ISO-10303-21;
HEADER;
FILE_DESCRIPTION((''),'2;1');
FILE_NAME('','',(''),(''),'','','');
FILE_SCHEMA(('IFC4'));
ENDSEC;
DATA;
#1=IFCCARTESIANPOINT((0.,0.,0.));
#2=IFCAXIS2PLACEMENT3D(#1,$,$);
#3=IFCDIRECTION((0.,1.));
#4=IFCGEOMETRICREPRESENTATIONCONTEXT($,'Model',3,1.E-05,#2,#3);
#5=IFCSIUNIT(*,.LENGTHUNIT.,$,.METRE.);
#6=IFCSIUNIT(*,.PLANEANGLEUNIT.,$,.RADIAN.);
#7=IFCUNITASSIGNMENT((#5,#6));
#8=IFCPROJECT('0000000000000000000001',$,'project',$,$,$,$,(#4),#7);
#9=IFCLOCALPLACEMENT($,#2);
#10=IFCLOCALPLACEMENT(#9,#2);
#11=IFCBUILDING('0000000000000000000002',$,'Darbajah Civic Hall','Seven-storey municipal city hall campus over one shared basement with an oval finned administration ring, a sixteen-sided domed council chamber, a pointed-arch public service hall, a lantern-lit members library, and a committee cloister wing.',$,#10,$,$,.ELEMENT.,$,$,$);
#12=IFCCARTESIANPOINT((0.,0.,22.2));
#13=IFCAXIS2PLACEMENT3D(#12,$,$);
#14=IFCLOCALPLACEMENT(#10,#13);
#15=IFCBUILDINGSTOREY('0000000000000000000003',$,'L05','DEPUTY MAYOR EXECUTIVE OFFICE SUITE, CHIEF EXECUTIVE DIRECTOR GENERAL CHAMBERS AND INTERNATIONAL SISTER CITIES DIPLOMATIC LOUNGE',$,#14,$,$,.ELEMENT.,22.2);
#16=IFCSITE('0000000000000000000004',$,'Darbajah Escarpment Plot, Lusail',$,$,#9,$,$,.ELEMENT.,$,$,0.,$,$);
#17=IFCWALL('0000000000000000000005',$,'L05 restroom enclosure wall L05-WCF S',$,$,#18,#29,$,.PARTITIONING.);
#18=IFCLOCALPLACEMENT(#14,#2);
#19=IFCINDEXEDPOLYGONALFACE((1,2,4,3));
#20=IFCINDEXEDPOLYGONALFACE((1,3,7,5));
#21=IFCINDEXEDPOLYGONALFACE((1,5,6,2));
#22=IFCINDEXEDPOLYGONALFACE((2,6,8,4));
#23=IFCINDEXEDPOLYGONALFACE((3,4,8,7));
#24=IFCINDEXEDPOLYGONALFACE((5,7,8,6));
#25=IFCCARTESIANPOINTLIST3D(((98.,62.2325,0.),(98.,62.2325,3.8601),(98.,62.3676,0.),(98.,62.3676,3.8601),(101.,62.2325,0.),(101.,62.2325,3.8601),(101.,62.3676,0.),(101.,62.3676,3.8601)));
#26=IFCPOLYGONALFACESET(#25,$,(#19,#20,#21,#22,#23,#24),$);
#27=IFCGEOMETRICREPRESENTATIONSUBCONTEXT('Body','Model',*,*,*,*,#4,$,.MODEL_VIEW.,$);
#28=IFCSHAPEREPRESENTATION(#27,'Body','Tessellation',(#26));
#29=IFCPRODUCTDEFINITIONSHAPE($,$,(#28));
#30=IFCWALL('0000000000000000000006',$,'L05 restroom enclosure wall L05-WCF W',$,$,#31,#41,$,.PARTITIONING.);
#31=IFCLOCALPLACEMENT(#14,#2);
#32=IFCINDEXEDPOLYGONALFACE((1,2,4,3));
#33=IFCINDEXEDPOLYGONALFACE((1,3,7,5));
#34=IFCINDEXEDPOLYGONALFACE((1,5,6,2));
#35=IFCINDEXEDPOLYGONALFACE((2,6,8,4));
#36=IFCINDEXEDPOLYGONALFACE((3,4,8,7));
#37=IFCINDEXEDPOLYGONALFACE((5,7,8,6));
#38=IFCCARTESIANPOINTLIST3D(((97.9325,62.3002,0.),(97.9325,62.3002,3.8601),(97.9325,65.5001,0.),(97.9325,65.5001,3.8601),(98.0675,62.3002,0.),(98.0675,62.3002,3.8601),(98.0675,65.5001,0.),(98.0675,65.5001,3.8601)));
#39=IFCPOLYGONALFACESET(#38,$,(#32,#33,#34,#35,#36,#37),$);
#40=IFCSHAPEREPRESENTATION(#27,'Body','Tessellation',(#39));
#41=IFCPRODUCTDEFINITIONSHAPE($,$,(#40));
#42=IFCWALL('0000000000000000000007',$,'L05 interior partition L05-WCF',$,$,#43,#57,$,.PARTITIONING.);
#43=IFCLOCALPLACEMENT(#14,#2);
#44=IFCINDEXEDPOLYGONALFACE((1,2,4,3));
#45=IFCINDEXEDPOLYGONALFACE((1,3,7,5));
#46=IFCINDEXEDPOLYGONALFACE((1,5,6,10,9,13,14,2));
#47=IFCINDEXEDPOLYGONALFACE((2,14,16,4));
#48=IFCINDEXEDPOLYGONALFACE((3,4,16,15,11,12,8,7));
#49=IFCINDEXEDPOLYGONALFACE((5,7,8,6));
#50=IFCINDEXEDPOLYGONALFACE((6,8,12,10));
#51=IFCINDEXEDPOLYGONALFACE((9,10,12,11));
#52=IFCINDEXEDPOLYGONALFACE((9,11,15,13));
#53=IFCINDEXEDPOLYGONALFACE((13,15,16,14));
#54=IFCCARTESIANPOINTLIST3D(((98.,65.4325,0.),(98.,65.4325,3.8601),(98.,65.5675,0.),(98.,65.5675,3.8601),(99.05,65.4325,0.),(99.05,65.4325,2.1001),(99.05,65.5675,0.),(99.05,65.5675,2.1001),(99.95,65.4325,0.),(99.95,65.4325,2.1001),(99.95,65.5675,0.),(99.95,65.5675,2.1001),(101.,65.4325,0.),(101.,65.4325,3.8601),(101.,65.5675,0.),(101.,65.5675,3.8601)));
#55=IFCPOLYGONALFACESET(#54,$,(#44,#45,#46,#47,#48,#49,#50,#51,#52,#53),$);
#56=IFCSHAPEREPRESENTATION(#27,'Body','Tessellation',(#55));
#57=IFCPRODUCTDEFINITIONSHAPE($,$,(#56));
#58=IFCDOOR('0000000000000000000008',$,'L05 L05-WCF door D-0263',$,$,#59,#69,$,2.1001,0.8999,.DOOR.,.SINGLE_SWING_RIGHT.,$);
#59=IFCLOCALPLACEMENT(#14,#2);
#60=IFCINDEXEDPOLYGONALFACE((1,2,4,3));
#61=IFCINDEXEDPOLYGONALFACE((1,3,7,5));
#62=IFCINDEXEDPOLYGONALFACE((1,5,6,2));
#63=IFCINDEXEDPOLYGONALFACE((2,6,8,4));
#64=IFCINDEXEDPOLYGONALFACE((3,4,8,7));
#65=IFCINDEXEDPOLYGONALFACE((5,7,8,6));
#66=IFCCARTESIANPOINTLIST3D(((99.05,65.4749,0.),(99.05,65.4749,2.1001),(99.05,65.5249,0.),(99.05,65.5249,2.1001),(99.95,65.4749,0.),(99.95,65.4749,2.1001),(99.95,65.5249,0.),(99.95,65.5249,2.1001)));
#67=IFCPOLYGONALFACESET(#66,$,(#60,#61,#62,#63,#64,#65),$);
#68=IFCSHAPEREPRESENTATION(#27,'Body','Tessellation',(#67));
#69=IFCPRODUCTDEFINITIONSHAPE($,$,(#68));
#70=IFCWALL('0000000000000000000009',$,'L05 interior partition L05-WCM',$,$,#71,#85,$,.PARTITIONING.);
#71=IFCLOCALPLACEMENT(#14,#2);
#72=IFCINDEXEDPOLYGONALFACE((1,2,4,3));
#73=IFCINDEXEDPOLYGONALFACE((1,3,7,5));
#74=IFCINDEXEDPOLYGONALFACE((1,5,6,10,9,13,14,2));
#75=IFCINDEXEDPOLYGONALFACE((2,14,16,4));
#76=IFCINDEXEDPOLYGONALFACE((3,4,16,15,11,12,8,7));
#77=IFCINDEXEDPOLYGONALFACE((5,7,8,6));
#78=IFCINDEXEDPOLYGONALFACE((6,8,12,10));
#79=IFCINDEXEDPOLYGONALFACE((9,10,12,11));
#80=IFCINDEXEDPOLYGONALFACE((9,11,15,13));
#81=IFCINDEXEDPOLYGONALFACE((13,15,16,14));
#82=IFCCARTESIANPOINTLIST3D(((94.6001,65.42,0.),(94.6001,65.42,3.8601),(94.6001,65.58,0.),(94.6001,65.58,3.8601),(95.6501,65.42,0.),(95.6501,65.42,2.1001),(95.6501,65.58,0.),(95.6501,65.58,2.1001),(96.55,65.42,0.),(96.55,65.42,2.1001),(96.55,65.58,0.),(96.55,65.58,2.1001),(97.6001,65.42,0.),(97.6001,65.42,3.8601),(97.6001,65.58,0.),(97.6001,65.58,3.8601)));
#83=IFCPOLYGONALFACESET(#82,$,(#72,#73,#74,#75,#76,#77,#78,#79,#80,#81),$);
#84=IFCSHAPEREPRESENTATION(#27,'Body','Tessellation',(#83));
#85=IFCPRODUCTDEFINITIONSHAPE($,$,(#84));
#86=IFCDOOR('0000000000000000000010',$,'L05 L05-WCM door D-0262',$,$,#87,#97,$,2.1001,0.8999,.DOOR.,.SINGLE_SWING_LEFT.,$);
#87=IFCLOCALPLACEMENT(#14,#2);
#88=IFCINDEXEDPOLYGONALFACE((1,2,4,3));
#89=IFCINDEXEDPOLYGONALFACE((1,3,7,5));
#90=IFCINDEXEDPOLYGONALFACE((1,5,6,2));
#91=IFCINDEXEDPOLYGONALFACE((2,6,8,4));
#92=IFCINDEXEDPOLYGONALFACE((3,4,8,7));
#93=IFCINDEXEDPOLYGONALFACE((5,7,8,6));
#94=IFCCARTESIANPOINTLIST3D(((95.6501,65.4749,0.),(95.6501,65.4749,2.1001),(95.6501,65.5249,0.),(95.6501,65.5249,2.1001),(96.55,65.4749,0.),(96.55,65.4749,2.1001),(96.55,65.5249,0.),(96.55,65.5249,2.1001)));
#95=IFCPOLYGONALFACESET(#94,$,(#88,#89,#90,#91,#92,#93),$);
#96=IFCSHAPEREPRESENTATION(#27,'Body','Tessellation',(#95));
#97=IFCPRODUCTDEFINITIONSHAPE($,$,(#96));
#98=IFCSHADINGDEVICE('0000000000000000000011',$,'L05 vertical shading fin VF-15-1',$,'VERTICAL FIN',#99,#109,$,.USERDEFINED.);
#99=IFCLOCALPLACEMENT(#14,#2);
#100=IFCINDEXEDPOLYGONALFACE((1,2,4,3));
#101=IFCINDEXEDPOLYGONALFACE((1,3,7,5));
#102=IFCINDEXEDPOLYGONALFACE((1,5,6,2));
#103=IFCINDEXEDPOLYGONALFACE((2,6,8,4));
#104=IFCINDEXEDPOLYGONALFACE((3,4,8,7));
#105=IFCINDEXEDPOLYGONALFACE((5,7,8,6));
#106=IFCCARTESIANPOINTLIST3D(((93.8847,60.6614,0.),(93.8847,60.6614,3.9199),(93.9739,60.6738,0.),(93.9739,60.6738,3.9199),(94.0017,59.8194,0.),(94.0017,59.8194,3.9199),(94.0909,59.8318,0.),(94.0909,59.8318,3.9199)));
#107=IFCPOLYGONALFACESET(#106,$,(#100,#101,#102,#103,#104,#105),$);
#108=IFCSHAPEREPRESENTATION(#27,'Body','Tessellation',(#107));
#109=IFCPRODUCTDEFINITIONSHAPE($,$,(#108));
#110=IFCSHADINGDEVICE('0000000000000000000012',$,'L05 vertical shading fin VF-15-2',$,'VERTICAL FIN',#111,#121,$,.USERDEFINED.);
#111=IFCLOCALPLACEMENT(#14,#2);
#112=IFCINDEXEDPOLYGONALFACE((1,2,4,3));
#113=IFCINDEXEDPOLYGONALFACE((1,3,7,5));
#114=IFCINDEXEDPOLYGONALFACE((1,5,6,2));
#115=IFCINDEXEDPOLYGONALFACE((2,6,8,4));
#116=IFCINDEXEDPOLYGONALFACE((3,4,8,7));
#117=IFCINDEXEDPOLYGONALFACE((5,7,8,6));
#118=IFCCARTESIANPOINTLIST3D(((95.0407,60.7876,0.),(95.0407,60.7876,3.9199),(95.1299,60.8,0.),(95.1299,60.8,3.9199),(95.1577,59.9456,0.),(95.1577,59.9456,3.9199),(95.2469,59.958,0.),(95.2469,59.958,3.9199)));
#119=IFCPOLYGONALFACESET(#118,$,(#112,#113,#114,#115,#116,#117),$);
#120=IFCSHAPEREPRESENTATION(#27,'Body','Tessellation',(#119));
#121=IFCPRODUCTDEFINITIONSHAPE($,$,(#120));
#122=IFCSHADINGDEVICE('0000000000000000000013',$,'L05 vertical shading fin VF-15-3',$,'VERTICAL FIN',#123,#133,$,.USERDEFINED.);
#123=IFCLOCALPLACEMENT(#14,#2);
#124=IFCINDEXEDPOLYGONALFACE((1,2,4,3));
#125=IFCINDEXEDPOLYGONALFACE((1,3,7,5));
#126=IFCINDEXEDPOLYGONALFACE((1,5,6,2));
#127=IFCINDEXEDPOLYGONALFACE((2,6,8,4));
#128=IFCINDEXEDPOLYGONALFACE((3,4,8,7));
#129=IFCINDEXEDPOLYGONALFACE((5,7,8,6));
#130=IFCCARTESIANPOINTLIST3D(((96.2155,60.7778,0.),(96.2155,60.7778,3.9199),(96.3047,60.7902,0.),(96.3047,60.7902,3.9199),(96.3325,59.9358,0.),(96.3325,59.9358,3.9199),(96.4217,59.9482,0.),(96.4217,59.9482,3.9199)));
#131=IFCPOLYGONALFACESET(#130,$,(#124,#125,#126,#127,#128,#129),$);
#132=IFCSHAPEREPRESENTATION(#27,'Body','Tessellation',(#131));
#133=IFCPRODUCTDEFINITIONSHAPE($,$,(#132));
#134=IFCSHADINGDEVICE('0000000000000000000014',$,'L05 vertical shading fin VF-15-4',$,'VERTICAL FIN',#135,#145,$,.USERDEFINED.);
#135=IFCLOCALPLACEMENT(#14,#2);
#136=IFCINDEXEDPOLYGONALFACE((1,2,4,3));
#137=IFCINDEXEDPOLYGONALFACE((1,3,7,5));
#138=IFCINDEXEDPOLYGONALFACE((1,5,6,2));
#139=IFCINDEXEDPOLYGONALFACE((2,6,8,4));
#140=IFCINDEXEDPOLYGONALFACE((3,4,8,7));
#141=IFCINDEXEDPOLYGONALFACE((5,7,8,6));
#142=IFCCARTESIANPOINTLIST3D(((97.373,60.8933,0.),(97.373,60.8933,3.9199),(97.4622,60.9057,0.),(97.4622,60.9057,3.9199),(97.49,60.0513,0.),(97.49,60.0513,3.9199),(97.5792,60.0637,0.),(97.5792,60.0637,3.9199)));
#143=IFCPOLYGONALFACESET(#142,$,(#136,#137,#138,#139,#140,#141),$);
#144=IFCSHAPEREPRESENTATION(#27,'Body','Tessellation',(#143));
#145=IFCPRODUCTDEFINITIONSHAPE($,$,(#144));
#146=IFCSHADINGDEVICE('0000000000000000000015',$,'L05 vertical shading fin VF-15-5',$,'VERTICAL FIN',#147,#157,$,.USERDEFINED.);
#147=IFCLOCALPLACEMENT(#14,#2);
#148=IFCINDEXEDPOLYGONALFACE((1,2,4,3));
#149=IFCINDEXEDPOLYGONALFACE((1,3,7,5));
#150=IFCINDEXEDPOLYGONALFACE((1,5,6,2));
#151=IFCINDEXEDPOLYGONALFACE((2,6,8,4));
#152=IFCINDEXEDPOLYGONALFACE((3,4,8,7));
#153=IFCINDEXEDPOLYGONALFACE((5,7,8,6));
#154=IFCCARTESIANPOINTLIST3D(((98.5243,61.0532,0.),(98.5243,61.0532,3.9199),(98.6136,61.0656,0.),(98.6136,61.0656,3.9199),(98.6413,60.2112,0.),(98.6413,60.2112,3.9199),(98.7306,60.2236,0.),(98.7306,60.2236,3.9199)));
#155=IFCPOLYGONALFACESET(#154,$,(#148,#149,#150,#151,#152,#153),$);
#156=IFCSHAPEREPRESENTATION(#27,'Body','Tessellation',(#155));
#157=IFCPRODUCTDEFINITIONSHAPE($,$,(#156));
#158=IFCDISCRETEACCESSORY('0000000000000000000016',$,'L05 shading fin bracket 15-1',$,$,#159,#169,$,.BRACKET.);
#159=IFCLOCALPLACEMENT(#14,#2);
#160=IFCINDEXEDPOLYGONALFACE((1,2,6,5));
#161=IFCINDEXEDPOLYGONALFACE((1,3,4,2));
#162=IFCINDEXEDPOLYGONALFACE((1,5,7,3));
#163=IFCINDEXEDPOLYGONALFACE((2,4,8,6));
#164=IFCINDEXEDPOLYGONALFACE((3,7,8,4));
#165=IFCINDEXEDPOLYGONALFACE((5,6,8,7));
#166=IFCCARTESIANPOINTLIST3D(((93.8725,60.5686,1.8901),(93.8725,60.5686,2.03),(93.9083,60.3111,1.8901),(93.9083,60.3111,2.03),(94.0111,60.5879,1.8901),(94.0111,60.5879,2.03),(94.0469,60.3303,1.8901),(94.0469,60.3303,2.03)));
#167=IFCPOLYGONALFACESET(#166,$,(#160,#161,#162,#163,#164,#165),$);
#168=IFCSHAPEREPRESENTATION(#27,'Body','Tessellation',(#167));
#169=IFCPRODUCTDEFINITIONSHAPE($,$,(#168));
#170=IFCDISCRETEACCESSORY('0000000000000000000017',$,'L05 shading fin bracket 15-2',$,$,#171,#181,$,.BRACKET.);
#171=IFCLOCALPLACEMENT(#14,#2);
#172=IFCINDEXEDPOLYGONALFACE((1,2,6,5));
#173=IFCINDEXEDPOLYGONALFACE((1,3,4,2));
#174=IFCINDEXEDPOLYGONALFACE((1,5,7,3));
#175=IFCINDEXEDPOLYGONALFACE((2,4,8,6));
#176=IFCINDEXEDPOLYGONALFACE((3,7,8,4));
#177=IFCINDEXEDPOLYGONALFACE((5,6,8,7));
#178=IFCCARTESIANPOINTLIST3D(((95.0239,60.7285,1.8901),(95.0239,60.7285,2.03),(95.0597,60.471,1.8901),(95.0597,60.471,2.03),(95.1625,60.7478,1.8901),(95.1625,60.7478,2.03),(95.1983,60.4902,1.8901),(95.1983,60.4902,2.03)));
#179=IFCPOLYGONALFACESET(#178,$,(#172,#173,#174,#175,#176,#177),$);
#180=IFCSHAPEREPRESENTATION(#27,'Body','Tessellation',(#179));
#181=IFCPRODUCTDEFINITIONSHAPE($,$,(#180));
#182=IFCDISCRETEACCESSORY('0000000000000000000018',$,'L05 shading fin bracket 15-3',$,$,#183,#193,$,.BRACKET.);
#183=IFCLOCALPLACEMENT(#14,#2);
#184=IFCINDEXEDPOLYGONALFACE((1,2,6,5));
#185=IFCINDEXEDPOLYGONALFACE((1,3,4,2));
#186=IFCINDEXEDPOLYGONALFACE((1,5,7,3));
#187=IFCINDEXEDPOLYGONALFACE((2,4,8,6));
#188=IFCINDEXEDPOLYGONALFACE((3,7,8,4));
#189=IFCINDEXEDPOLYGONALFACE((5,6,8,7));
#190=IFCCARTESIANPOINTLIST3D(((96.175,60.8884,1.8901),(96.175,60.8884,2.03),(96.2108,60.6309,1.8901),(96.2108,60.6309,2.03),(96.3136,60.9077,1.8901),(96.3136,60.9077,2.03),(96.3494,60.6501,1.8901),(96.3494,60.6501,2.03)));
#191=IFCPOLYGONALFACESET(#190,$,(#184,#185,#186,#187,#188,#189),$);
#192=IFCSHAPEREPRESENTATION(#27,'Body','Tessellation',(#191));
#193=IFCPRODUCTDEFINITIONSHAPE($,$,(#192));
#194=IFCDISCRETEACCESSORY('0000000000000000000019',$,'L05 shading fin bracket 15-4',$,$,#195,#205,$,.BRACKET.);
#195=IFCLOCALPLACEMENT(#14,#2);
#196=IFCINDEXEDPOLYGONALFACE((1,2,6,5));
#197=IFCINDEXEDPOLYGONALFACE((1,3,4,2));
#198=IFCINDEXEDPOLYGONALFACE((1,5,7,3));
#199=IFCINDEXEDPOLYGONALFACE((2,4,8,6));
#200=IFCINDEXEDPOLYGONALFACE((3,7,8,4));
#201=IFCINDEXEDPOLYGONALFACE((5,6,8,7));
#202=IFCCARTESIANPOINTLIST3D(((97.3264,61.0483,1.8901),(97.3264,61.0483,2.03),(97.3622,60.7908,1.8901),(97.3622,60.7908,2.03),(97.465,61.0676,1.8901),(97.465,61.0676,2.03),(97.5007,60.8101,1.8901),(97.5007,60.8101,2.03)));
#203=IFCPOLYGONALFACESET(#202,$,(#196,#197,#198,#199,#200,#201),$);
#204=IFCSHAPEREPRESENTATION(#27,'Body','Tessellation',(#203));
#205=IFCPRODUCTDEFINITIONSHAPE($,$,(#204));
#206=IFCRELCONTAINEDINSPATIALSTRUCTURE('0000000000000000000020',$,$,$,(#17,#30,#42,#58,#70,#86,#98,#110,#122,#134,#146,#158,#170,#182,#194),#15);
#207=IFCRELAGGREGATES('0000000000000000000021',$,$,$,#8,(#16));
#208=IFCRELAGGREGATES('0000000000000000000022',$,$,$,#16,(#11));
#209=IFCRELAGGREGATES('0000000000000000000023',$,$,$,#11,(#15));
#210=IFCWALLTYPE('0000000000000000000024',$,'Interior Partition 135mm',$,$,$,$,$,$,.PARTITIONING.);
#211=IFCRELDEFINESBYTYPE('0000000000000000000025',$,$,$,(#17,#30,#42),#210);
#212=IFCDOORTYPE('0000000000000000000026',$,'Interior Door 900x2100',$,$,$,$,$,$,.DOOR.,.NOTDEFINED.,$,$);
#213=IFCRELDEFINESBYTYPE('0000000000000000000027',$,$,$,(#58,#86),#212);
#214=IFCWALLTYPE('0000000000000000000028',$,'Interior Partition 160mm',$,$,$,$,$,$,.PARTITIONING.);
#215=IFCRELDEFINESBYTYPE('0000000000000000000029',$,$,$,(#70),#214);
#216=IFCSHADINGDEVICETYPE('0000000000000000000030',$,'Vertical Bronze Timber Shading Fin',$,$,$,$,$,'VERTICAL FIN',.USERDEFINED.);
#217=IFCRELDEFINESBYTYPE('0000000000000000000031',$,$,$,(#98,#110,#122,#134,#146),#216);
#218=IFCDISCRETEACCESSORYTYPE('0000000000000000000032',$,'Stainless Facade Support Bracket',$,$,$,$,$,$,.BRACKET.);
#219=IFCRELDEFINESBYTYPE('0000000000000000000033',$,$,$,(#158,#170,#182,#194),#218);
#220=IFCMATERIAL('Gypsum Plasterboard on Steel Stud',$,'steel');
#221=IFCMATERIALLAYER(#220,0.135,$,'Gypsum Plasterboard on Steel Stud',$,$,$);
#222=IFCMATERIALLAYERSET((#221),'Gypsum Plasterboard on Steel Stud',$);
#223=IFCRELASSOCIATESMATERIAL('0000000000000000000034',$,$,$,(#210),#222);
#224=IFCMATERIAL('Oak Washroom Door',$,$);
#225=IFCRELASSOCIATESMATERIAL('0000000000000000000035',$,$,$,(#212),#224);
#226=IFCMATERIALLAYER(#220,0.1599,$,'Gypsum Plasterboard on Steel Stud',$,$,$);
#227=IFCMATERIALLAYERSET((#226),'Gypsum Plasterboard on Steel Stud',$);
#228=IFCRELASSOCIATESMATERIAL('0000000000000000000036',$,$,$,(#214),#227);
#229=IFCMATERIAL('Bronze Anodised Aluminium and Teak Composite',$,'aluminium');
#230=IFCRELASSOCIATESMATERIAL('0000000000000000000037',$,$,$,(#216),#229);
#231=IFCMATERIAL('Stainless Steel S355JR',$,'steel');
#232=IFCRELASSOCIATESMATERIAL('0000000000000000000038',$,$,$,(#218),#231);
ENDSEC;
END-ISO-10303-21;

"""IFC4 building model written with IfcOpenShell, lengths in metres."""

from ifc_helpers import new_model, si_unit, direction, frame, frame_2d, origin, origin_2d, place, context, subcontext, project, spatial, rectangle, extrude, material, layer, layer_set, type_object, element, fill, save


model = new_model("IFC4")

# Units and contexts
model_context = context("Model", 3, precision=1e-05, world=origin(), true_north=direction((0.0, 1.0)))
body_context = subcontext(model_context, "Body", "Model", "MODEL_VIEW")
ifc_project = project(units=[si_unit("LENGTHUNIT", "METRE"), si_unit("PLANEANGLEUNIT", "RADIAN")], contexts=[model_context])

# Site, building, storey
site_placement = place(None, origin())
site = spatial("IfcSite", under=ifc_project, at=site_placement, Name="Darbajah Escarpment Plot, Lusail", CompositionType="ELEMENT", RefElevation=0.0)
building_placement = place(site_placement, origin())
building = spatial("IfcBuilding", under=site, at=building_placement, Name="Darbajah Civic Hall", Description="Seven-storey municipal city hall campus over one shared basement with an oval finned administration ring, a sixteen-sided domed council chamber, a pointed-arch public service hall, a lantern-lit members library, and a committee cloister wing.", CompositionType="ELEMENT")
storey_placement = place(building_placement, frame((0.0, 0.0, 22.2)))
storey = spatial("IfcBuildingStorey", under=building, at=storey_placement, Name="L05", Description="DEPUTY MAYOR EXECUTIVE OFFICE SUITE, CHIEF EXECUTIVE DIRECTOR GENERAL CHAMBERS AND INTERNATIONAL SISTER CITIES DIPLOMATIC LOUNGE", CompositionType="ELEMENT", Elevation=22.2)

# Walls
ifc_material_1 = material(Name="Gypsum Plasterboard on Steel Stud", Category="steel")
ifc_layer_1 = layer(ifc_material_1, 0.135, Name="Gypsum Plasterboard on Steel Stud")
ifc_layer_set_1 = layer_set([ifc_layer_1], Name="Gypsum Plasterboard on Steel Stud")
wall_type_1 = type_object("IfcWallType", Name="Interior Partition 135mm", PredefinedType="PARTITIONING", material=ifc_layer_set_1)
wall_1_placement = place(storey_placement, frame((98.0, 62.3, 0.0), z_axis=(0.0, 0.0, 1.0), x_axis=(1.0, 0.0, 0.0)))
element("IfcWall", 1, at=wall_1_placement, inside=storey, type_object=wall_type_1, Name="L05 restroom enclosure wall L05-WCF S", PredefinedType="PARTITIONING", context=body_context, shape_type="SweptSolid", body=[
    extrude(rectangle(XDim=3.0, YDim=0.135, at=frame_2d((1.5, 0.0))), origin(), (0.0, 0.0, 1.0), 3.8601),
])
wall_2_placement = place(storey_placement, frame((98.0, 62.3, 0.0), z_axis=(0.0, 0.0, 1.0), x_axis=(0.0, 1.0, 0.0)))
element("IfcWall", 2, at=wall_2_placement, inside=storey, type_object=wall_type_1, Name="L05 restroom enclosure wall L05-WCF W", PredefinedType="PARTITIONING", context=body_context, shape_type="SweptSolid", body=[
    extrude(rectangle(XDim=3.2, YDim=0.135, at=frame_2d((1.6001, 0.0))), origin(), (0.0, 0.0, 1.0), 3.8601),
])

# Walls, openings, doors
wall_3_placement = place(storey_placement, frame((98.0, 65.5, 0.0), z_axis=(0.0, 0.0, 1.0), x_axis=(1.0, 0.0, 0.0)))
wall_3 = element("IfcWall", 3, at=wall_3_placement, inside=storey, type_object=wall_type_1, Name="L05 interior partition L05-WCF", PredefinedType="PARTITIONING", context=body_context, shape_type="SweptSolid", body=[
    extrude(rectangle(XDim=3.0, YDim=0.135, at=frame_2d((1.5, 0.0))), origin(), (0.0, 0.0, 1.0), 3.8601),
])
opening_1_placement = place(wall_3_placement, frame((1.05, 0.0, 0.0)))
opening_1 = element("IfcOpeningElement", 4, at=opening_1_placement, cuts=wall_3, PredefinedType="OPENING", context=body_context, shape_type="SweptSolid", body=[
    extrude(rectangle(XDim=0.8999, YDim=2.1001, at=frame_2d((0.45, 1.05))), frame((0.0, 0.0774, 0.0), z_axis=(0.0, -1.0, 0.0), x_axis=(1.0, 0.0, 0.0)), (0.0, 0.0, 1.0), 0.155),
])
ifc_material_2 = material(Name="Oak Washroom Door")
door_type = type_object("IfcDoorType", Name="Interior Door 900x2100", OperationType="NOTDEFINED", PredefinedType="DOOR", material=ifc_material_2)
door_1_placement = place(opening_1_placement, origin())
door_1 = element("IfcDoor", 5, at=door_1_placement, inside=storey, type_object=door_type, Name="L05 L05-WCF door D-0263", OperationType="SINGLE_SWING_RIGHT", OverallHeight=2.1001, OverallWidth=0.8999, PredefinedType="DOOR", context=body_context, shape_type="SweptSolid", body=[
    extrude(rectangle(XDim=0.8999, YDim=2.1001, at=frame_2d((0.45, 1.05))), frame((0.0, 0.0249, 0.0), z_axis=(0.0, -1.0, 0.0), x_axis=(1.0, 0.0, 0.0)), (0.0, 0.0, 1.0), 0.05),
])
fill(opening_1, door_1)
ifc_layer_2 = layer(ifc_material_1, 0.1599, Name="Gypsum Plasterboard on Steel Stud")
ifc_layer_set_2 = layer_set([ifc_layer_2], Name="Gypsum Plasterboard on Steel Stud")
wall_type_2 = type_object("IfcWallType", Name="Interior Partition 160mm", PredefinedType="PARTITIONING", material=ifc_layer_set_2)
wall_4_placement = place(storey_placement, frame((94.6001, 65.5, 0.0), z_axis=(0.0, 0.0, 1.0), x_axis=(1.0, 0.0, 0.0)))
wall_4 = element("IfcWall", 6, at=wall_4_placement, inside=storey, type_object=wall_type_2, Name="L05 interior partition L05-WCM", PredefinedType="PARTITIONING", context=body_context, shape_type="SweptSolid", body=[
    extrude(rectangle(XDim=3.0, YDim=0.1599, at=frame_2d((1.5, 0.0))), origin(), (0.0, 0.0, 1.0), 3.8601),
])
opening_2_placement = place(wall_4_placement, frame((1.05, 0.0, 0.0)))
opening_2 = element("IfcOpeningElement", 7, at=opening_2_placement, cuts=wall_4, PredefinedType="OPENING", context=body_context, shape_type="SweptSolid", body=[
    extrude(rectangle(XDim=0.8999, YDim=2.1001, at=frame_2d((0.45, 1.05))), frame((0.0, 0.0898, 0.0), z_axis=(0.0, -1.0, 0.0), x_axis=(1.0, 0.0, 0.0)), (0.0, 0.0, 1.0), 0.1799),
])
door_2_placement = place(opening_2_placement, origin())
door_2 = element("IfcDoor", 8, at=door_2_placement, inside=storey, type_object=door_type, Name="L05 L05-WCM door D-0262", OperationType="SINGLE_SWING_LEFT", OverallHeight=2.1001, OverallWidth=0.8999, PredefinedType="DOOR", context=body_context, shape_type="SweptSolid", body=[
    extrude(rectangle(XDim=0.8999, YDim=2.1001, at=frame_2d((0.45, 1.05))), frame((0.0, 0.0249, 0.0), z_axis=(0.0, -1.0, 0.0), x_axis=(1.0, 0.0, 0.0)), (0.0, 0.0, 1.0), 0.05),
])
fill(opening_2, door_2)

# Shading devices
ifc_material_3 = material(Name="Bronze Anodised Aluminium and Teak Composite", Category="aluminium")
shading_device_type = type_object("IfcShadingDeviceType", Name="Vertical Bronze Timber Shading Fin", ElementType="VERTICAL FIN", PredefinedType="USERDEFINED", material=ifc_material_3)
for number, where, z_axis, x_axis, name in (
    (9, (93.9878, 60.2466, 0.0), (0.0, 0.0, 1.0), (0.137617, -0.990485, 0.0), "L05 vertical shading fin VF-15-1"),
    (10, (95.1438, 60.3728, 0.0), (0.0, 0.0, 1.0), (0.137617, -0.990485, 0.0), "L05 vertical shading fin VF-15-2"),
    (11, (96.3186, 60.363, 0.0), (0.0, 0.0, 1.0), (0.137617, -0.990485, 0.0), "L05 vertical shading fin VF-15-3"),
    (12, (97.4761, 60.4785, 0.0), (0.0, 0.0, 1.0), (0.137617, -0.990485, 0.0), "L05 vertical shading fin VF-15-4"),
    (13, (98.6274, 60.6384, 0.0), (0.0, 0.0, 1.0), (0.137617, -0.990485, 0.0), "L05 vertical shading fin VF-15-5"),
):
    element("IfcShadingDevice", number, at=place(storey_placement, frame(where, z_axis=z_axis, x_axis=x_axis)), inside=storey, type_object=shading_device_type, Name=name, ObjectType="VERTICAL FIN", PredefinedType="USERDEFINED", context=body_context, shape_type="SweptSolid", body=[
        extrude(rectangle(XDim=0.8501, YDim=0.0901, at=origin_2d()), origin(), (0.0, 0.0, 1.0), 3.9199),
    ])

# Discrete accessories
ifc_material_4 = material(Name="Stainless Steel S355JR", Category="steel")
discrete_accessory_type = type_object("IfcDiscreteAccessoryType", Name="Stainless Facade Support Bracket", PredefinedType="BRACKET", material=ifc_material_4)
for number, where, z_axis, x_axis, name in (
    (14, (93.9597, 60.4495, 1.8901), (0.0, 0.0, 1.0), (0.137617, -0.990485, 0.0), "L05 shading fin bracket 15-1"),
    (15, (95.1111, 60.6094, 1.8901), (0.0, 0.0, 1.0), (0.137617, -0.990485, 0.0), "L05 shading fin bracket 15-2"),
    (16, (96.2622, 60.7693, 1.8901), (0.0, 0.0, 1.0), (0.137617, -0.990485, 0.0), "L05 shading fin bracket 15-3"),
    (17, (97.4136, 60.9292, 1.8901), (0.0, 0.0, 1.0), (0.137617, -0.990485, 0.0), "L05 shading fin bracket 15-4"),
):
    element("IfcDiscreteAccessory", number, at=place(storey_placement, frame(where, z_axis=z_axis, x_axis=x_axis)), inside=storey, type_object=discrete_accessory_type, Name=name, PredefinedType="BRACKET", context=body_context, shape_type="SweptSolid", body=[
        extrude(rectangle(XDim=0.26, YDim=0.1399, at=origin_2d()), origin(), (0.0, 0.0, 1.0), 0.1399),
    ])

save(model, "model.ifc")
